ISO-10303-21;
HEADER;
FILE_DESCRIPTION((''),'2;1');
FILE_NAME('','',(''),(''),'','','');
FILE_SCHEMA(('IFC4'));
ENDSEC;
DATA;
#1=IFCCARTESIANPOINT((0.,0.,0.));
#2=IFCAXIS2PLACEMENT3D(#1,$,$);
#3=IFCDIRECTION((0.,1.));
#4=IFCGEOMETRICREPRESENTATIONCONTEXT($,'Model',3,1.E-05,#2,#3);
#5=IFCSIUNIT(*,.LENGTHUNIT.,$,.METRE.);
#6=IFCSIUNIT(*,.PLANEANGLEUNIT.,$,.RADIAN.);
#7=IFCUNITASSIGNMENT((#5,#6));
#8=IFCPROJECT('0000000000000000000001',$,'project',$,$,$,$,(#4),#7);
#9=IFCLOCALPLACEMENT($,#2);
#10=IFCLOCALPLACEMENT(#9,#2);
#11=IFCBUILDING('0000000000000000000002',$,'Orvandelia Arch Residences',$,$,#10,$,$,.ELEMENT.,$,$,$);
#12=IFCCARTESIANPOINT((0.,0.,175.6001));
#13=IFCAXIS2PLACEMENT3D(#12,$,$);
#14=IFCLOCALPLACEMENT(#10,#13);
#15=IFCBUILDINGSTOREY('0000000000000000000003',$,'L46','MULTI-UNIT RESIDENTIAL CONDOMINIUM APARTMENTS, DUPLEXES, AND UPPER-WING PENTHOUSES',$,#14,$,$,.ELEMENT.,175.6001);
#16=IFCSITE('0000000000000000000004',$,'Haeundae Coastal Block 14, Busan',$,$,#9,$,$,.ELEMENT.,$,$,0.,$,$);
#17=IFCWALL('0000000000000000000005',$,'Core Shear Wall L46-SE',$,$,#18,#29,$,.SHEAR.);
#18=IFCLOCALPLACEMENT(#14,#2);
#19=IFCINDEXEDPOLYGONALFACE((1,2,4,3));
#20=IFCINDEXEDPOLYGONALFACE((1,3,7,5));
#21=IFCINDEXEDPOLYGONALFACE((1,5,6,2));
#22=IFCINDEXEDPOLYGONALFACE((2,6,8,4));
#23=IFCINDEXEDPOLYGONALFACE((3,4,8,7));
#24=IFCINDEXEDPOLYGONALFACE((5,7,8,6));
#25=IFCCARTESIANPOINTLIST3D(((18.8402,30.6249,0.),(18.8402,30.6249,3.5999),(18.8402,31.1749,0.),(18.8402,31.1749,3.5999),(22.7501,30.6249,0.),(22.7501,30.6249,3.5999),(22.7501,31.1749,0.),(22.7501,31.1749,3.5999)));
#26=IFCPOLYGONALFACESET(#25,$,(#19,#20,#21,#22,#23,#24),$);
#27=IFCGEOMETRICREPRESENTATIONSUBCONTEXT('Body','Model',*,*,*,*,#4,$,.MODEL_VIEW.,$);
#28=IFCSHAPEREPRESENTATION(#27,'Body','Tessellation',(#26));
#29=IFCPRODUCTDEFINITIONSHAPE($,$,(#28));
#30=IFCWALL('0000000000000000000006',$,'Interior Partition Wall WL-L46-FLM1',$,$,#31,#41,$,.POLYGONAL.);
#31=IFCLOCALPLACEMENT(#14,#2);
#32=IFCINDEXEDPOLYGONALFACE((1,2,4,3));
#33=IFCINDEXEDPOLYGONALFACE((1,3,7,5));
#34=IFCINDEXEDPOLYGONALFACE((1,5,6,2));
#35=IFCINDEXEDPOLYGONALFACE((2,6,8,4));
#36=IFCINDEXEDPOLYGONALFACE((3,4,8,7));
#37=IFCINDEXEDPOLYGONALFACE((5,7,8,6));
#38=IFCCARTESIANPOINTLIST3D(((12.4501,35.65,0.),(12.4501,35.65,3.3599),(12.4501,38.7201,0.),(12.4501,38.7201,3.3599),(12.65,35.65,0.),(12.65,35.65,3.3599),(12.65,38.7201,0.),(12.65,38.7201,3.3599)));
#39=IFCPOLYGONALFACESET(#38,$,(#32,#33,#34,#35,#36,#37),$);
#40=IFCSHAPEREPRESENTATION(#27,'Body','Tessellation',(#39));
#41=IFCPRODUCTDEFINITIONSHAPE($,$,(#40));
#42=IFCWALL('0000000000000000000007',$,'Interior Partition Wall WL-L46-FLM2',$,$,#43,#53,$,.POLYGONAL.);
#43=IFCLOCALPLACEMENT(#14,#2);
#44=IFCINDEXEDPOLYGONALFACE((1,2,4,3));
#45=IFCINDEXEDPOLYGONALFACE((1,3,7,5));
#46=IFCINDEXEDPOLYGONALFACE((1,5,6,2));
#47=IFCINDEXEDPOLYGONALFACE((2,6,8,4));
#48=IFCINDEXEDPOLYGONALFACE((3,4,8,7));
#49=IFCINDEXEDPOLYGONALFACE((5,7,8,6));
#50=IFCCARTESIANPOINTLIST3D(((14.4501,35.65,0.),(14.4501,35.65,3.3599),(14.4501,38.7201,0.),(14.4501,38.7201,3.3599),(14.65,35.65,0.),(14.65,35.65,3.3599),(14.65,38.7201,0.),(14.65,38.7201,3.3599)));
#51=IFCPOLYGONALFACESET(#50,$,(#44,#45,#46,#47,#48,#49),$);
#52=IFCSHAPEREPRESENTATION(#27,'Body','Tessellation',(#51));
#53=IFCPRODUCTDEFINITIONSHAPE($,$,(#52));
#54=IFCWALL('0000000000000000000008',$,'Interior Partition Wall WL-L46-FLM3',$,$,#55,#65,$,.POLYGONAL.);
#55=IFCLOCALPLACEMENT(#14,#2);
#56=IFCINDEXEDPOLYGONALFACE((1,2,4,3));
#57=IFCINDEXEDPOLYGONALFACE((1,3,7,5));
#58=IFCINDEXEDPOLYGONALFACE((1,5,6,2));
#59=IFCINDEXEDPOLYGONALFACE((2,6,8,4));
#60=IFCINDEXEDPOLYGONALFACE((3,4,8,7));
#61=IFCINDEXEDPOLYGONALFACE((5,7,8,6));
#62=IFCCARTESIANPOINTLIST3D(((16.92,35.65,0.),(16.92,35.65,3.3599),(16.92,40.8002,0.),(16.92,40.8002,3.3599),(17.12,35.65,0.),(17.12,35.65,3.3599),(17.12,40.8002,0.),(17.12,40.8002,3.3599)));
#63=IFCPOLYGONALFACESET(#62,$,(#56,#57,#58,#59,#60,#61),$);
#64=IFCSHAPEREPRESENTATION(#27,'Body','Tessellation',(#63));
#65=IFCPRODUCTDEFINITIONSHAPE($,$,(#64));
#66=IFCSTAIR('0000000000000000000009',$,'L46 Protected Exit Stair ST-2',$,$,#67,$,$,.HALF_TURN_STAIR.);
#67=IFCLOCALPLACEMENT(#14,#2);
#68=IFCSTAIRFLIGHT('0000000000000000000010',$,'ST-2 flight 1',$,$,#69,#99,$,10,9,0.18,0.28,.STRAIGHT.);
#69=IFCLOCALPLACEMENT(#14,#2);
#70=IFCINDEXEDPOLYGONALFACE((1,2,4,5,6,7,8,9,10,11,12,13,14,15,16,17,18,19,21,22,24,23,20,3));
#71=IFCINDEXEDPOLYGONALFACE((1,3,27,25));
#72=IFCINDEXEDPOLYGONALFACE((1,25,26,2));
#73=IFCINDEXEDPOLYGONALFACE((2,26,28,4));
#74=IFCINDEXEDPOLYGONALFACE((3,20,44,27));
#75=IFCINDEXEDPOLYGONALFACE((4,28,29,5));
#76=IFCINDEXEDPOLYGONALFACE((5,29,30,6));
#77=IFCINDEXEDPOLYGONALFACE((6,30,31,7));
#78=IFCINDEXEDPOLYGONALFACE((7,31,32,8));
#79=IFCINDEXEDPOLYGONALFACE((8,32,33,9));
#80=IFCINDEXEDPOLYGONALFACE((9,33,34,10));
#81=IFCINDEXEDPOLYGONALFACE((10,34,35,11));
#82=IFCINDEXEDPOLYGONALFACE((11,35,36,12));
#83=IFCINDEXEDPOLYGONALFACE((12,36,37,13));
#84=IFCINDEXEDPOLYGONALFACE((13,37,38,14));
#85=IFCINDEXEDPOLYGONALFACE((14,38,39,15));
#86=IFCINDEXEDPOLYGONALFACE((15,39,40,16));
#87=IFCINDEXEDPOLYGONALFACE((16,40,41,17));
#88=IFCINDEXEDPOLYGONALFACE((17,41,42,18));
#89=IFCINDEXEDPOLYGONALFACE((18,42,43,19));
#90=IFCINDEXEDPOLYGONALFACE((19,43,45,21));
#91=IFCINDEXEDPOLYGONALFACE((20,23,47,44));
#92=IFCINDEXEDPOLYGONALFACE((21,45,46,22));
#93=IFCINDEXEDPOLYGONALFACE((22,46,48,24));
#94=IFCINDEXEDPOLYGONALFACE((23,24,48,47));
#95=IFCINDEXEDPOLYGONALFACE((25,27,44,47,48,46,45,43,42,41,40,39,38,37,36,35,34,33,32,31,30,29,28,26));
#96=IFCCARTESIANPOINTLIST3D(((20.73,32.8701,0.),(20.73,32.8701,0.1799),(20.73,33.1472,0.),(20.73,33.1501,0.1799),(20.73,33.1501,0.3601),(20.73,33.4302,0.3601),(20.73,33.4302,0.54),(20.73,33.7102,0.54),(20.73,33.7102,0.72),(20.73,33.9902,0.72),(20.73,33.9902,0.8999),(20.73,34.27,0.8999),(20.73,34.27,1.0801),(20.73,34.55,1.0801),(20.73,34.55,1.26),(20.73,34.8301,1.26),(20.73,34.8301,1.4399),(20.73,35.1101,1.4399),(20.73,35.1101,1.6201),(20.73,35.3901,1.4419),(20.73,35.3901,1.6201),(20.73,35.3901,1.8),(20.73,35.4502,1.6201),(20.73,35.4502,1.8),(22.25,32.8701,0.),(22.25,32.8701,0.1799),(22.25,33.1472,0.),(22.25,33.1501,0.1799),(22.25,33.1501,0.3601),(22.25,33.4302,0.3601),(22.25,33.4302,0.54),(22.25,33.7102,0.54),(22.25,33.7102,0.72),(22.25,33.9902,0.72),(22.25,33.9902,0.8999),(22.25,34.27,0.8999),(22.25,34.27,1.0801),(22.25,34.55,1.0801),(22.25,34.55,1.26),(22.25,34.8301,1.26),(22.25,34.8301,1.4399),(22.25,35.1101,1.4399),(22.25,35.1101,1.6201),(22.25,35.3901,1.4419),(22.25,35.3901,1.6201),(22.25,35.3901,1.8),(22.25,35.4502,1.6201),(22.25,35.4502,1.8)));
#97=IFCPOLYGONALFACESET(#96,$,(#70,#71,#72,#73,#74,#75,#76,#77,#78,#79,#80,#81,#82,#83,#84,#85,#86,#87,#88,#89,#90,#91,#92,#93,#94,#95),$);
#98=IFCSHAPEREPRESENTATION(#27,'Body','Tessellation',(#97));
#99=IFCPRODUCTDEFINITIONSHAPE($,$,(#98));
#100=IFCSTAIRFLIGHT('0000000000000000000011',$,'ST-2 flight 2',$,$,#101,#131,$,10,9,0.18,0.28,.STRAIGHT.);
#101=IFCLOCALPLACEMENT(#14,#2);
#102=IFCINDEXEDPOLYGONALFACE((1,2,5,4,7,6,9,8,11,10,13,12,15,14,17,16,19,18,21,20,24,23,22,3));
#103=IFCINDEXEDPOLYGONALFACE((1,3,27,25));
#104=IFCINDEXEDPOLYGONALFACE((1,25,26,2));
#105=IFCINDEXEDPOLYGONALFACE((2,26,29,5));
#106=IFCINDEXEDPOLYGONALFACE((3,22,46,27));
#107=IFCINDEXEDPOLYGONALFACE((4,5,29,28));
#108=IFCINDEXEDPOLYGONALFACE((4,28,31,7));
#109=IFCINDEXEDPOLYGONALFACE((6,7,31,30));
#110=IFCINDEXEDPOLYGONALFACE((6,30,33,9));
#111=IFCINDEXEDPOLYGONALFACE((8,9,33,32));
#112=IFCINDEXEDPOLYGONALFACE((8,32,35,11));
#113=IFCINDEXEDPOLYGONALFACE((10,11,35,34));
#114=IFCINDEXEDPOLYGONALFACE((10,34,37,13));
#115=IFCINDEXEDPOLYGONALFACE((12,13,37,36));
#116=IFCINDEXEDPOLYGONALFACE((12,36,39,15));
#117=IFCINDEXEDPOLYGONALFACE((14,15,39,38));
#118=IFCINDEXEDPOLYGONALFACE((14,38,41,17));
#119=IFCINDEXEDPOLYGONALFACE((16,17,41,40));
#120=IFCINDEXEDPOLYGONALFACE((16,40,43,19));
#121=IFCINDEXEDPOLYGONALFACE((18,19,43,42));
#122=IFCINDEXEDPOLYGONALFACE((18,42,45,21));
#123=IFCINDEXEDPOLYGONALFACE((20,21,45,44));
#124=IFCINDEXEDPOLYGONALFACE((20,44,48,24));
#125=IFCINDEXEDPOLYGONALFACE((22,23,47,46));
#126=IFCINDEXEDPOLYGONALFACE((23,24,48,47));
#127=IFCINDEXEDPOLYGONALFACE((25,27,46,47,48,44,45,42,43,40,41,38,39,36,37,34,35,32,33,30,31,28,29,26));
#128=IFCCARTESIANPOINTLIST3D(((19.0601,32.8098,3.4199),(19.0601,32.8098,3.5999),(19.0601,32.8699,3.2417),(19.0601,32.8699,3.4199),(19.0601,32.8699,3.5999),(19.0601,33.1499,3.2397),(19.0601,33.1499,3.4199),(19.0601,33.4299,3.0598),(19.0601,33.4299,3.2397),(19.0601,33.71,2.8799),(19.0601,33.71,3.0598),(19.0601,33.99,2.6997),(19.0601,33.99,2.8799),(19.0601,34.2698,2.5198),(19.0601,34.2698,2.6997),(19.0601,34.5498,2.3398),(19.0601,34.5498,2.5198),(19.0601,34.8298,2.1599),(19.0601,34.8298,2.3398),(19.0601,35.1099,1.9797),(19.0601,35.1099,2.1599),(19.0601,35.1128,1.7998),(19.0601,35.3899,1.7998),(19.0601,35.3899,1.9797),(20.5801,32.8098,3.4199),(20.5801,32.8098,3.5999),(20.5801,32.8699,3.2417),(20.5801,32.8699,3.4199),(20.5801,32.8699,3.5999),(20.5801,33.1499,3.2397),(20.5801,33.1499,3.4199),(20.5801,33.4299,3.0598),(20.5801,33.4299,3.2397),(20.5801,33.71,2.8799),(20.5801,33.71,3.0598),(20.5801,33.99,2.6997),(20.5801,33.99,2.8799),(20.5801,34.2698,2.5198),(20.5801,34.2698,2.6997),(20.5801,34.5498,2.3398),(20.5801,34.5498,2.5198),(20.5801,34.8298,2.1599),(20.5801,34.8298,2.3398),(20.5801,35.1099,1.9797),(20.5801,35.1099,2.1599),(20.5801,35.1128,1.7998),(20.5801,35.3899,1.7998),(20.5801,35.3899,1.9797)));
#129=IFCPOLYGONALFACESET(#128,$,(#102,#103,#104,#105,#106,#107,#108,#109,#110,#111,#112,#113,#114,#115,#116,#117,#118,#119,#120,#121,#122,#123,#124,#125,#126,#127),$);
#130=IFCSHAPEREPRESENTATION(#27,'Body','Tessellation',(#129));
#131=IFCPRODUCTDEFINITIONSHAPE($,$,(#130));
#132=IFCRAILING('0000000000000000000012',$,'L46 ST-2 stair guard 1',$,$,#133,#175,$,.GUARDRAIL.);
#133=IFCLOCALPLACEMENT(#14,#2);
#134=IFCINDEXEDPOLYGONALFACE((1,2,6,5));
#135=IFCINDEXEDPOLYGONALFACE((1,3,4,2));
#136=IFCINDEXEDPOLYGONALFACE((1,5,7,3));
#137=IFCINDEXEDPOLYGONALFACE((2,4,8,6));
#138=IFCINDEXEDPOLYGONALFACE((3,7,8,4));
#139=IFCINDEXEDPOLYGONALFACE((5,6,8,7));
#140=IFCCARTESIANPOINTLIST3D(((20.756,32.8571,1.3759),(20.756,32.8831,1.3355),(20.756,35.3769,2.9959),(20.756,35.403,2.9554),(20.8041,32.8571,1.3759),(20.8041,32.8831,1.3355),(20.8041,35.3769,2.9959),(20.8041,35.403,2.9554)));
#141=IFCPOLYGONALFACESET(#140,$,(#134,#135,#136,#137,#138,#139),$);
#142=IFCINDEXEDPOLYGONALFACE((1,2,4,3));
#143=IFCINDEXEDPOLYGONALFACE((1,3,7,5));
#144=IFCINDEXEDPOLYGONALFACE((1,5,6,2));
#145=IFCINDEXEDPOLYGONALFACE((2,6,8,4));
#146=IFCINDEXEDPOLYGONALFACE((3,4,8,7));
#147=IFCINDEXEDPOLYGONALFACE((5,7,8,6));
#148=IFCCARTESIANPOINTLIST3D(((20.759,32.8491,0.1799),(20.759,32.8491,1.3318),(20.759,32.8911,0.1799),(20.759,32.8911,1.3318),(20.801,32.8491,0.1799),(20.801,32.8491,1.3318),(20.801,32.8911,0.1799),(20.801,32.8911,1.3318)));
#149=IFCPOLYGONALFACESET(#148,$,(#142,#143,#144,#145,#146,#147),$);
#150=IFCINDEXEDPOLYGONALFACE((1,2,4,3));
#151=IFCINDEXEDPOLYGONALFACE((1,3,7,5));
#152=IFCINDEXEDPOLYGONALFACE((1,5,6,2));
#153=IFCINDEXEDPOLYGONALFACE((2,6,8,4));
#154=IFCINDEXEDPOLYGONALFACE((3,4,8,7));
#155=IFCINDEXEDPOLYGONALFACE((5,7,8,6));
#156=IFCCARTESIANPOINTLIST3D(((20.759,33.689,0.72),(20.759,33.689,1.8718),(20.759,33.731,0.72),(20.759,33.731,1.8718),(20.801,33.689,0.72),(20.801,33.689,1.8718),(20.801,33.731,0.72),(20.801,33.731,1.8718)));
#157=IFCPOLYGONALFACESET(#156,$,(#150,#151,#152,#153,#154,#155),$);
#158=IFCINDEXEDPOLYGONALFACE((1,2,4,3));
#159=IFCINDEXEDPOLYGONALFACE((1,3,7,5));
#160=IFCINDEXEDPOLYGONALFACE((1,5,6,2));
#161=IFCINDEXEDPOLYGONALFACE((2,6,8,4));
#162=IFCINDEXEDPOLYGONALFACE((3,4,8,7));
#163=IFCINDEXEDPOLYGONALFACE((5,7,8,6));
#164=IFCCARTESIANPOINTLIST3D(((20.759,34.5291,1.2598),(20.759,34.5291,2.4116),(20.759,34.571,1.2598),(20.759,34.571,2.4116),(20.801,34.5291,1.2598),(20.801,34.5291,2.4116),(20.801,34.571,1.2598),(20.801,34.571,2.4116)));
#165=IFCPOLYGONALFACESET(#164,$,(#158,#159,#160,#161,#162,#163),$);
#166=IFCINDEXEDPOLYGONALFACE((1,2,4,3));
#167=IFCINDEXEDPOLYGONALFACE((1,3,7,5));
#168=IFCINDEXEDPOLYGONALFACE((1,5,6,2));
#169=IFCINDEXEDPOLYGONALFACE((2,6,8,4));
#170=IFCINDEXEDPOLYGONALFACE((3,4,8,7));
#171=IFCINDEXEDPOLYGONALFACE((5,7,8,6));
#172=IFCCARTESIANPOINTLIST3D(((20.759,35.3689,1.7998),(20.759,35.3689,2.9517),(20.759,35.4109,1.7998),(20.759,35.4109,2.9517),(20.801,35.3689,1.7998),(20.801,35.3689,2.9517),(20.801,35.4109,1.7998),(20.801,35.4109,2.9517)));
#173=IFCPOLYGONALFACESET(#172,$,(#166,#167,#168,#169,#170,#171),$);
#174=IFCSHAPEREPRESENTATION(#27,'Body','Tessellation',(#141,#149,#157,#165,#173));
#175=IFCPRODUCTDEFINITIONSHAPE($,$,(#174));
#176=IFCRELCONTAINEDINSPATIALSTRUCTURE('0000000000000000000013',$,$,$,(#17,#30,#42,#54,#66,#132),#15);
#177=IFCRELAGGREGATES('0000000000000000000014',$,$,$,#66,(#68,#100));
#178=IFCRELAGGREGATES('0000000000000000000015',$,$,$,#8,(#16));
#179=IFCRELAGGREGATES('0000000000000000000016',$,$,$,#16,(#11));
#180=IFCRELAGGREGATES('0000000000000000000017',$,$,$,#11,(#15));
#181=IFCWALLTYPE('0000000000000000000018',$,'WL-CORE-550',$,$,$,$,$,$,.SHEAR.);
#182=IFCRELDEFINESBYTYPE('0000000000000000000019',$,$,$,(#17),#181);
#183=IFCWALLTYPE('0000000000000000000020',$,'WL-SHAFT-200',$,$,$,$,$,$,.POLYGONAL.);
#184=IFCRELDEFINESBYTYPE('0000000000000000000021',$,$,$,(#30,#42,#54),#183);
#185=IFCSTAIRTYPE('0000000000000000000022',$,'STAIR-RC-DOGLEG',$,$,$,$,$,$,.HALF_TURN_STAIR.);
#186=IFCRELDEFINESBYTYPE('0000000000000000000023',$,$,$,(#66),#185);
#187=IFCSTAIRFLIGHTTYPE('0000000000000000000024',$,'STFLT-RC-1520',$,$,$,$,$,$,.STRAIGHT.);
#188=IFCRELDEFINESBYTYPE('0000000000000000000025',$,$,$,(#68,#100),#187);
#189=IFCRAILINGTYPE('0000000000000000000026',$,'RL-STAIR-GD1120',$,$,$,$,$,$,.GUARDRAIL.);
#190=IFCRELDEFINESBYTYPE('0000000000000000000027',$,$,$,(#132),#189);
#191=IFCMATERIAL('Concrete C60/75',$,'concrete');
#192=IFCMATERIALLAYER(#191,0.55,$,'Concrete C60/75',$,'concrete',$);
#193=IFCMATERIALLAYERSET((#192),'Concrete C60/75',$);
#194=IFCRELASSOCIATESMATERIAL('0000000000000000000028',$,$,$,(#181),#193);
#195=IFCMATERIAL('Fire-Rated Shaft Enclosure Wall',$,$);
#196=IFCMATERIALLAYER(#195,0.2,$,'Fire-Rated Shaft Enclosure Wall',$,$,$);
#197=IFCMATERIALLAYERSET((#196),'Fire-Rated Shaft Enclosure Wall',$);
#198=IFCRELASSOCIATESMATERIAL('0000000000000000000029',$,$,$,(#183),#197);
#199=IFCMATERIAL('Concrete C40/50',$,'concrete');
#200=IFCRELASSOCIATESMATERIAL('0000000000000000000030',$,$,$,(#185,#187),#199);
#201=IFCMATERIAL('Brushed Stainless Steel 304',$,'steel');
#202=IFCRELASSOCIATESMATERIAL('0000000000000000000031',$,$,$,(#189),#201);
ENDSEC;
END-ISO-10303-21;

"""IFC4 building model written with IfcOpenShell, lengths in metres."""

from ifc_helpers import new_model, si_unit, direction, frame, frame_2d, origin, origin_2d, place, context, subcontext, project, spatial, polyline, rectangle, outline, extrude, material, layer, layer_set, type_object, element, aggregate, save


model = new_model("IFC4")

# Units and contexts
model_context = context("Model", 3, precision=1e-05, world=origin(), true_north=direction((0.0, 1.0)))
body_context = subcontext(model_context, "Body", "Model", "MODEL_VIEW")
ifc_project = project(units=[si_unit("LENGTHUNIT", "METRE"), si_unit("PLANEANGLEUNIT", "RADIAN")], contexts=[model_context])

# Site, building, storey
site_placement = place(None, origin())
site = spatial("IfcSite", under=ifc_project, at=site_placement, Name="Haeundae Coastal Block 14, Busan", CompositionType="ELEMENT", RefElevation=0.0)
building_placement = place(site_placement, origin())
building = spatial("IfcBuilding", under=site, at=building_placement, Name="Orvandelia Arch Residences", CompositionType="ELEMENT")
storey_placement = place(building_placement, frame((0.0, 0.0, 175.6001)))
storey = spatial("IfcBuildingStorey", under=building, at=storey_placement, Name="L46", Description="MULTI-UNIT RESIDENTIAL CONDOMINIUM APARTMENTS, DUPLEXES, AND UPPER-WING PENTHOUSES", CompositionType="ELEMENT", Elevation=175.6001)

# Shared definitions
ifc_material_1 = material(Name="Concrete C60/75", Category="concrete")

# Walls
ifc_layer_1 = layer(ifc_material_1, 0.55, Name="Concrete C60/75", Category="concrete")
ifc_layer_set_1 = layer_set([ifc_layer_1], Name="Concrete C60/75")
wall_type_1 = type_object("IfcWallType", Name="WL-CORE-550", PredefinedType="SHEAR", material=ifc_layer_set_1)
wall_1_placement = place(storey_placement, frame((18.8401, 30.8999, 0.0), z_axis=(0.0, 0.0, 1.0), x_axis=(1.0, 0.0, 0.0)))
element("IfcWall", 1, at=wall_1_placement, inside=storey, type_object=wall_type_1, Name="Core Shear Wall L46-SE", PredefinedType="SHEAR", context=body_context, shape_type="SweptSolid", body=[
    extrude(rectangle(XDim=3.9099, YDim=0.55, at=frame_2d((1.9551, 0.0))), origin(), (0.0, 0.0, 1.0), 3.5999),
])
ifc_material_2 = material(Name="Fire-Rated Shaft Enclosure Wall")
ifc_layer_2 = layer(ifc_material_2, 0.2, Name="Fire-Rated Shaft Enclosure Wall")
ifc_layer_set_2 = layer_set([ifc_layer_2], Name="Fire-Rated Shaft Enclosure Wall")
wall_type_2 = type_object("IfcWallType", Name="WL-SHAFT-200", PredefinedType="POLYGONAL", material=ifc_layer_set_2)
for number, where, z_axis, x_axis, name in (
    (2, (12.55, 35.6499, 0.0), (0.0, 0.0, 1.0), (0.0, 1.0, 0.0), "Interior Partition Wall WL-L46-FLM1"),
    (3, (14.55, 35.6499, 0.0), (0.0, 0.0, 1.0), (0.0, 1.0, 0.0), "Interior Partition Wall WL-L46-FLM2"),
):
    element("IfcWall", number, at=place(storey_placement, frame(where, z_axis=z_axis, x_axis=x_axis)), inside=storey, type_object=wall_type_2, Name=name, PredefinedType="POLYGONAL", context=body_context, shape_type="SweptSolid", body=[
        extrude(rectangle(XDim=3.0701, YDim=0.2, at=frame_2d((1.5352, 0.0))), origin(), (0.0, 0.0, 1.0), 3.3599),
    ])
wall_2_placement = place(storey_placement, frame((17.02, 35.6499, 0.0), z_axis=(0.0, 0.0, 1.0), x_axis=(0.0, 1.0, 0.0)))
element("IfcWall", 4, at=wall_2_placement, inside=storey, type_object=wall_type_2, Name="Interior Partition Wall WL-L46-FLM3", PredefinedType="POLYGONAL", context=body_context, shape_type="SweptSolid", body=[
    extrude(rectangle(XDim=5.1501, YDim=0.2, at=frame_2d((2.5752, 0.0))), origin(), (0.0, 0.0, 1.0), 3.3599),
])

# Stair, stair flights
ifc_material_3 = material(Name="Concrete C40/50", Category="concrete")
stair_type = type_object("IfcStairType", Name="STAIR-RC-DOGLEG", PredefinedType="HALF_TURN_STAIR", material=ifc_material_3)
stair_placement = place(storey_placement, origin())
stair = element("IfcStair", 5, at=stair_placement, inside=storey, type_object=stair_type, Name="L46 Protected Exit Stair ST-2", PredefinedType="HALF_TURN_STAIR")
stair_flight_type = type_object("IfcStairFlightType", Name="STFLT-RC-1520", PredefinedType="STRAIGHT", material=ifc_material_3)
stair_flight_1_placement = place(storey_placement, frame((21.49, 32.8701, 0.0), z_axis=(0.0, 0.0, 1.0), x_axis=(0.0, 1.0, 0.0)))
stair_flight_1 = element("IfcStairFlight", 6, at=stair_flight_1_placement, type_object=stair_flight_type, Name="ST-2 flight 1", NumberOfRisers=10, NumberOfTreads=9, PredefinedType="STRAIGHT", RiserHeight=0.18, TreadLength=0.28, context=body_context, shape_type="SweptSolid", body=[
    extrude(outline(polyline([(0.0, 0.0), (0.0, 0.1799), (0.28, 0.1799), (0.28, 0.3601), (0.5601, 0.3601), (0.5601, 0.54), (0.8401, 0.54), (0.8401, 0.72), (1.1201, 0.72), (1.1201, 0.8999), (1.3999, 0.8999), (1.3999, 1.0801), (1.6799, 1.0801), (1.6799, 1.26), (1.96, 1.26), (1.96, 1.4399), (2.24, 1.4399), (2.24, 1.6201), (2.52, 1.6201), (2.52, 1.8), (2.5801, 1.8), (2.5801, 1.6201), (2.52, 1.4419), (0.2771, 0.0), (0.0, 0.0)])), frame((0.0, 0.76, 0.0), z_axis=(0.0, -1.0, 0.0), x_axis=(1.0, 0.0, 0.0)), (0.0, 0.0, 1.0), 1.52),
])
stair_flight_2_placement = place(storey_placement, frame((19.8201, 35.3899, 1.7998), z_axis=(0.0, 0.0, 1.0), x_axis=(0.0, -1.0, 0.0)))
stair_flight_2 = element("IfcStairFlight", 7, at=stair_flight_2_placement, type_object=stair_flight_type, Name="ST-2 flight 2", NumberOfRisers=10, NumberOfTreads=9, PredefinedType="STRAIGHT", RiserHeight=0.18, TreadLength=0.28, context=body_context, shape_type="SweptSolid", body=[
    extrude(outline(polyline([(0.0, 0.0), (0.0, 0.1799), (0.28, 0.1799), (0.28, 0.3601), (0.5601, 0.3601), (0.5601, 0.54), (0.8401, 0.54), (0.8401, 0.72), (1.1201, 0.72), (1.1201, 0.8999), (1.3999, 0.8999), (1.3999, 1.0801), (1.6799, 1.0801), (1.6799, 1.26), (1.96, 1.26), (1.96, 1.4399), (2.24, 1.4399), (2.24, 1.6201), (2.52, 1.6201), (2.52, 1.8), (2.5801, 1.8), (2.5801, 1.6201), (2.52, 1.4419), (0.2771, 0.0), (0.0, 0.0)])), frame((0.0, 0.76, 0.0), z_axis=(0.0, -1.0, 0.0), x_axis=(1.0, 0.0, 0.0)), (0.0, 0.0, 1.0), 1.52),
])
aggregate(stair, [stair_flight_1, stair_flight_2])

# Railing
ifc_material_4 = material(Name="Brushed Stainless Steel 304", Category="steel")
railing_type_1 = type_object("IfcRailingType", Name="RL-STAIR-GD1120", PredefinedType="GUARDRAIL", material=ifc_material_4)
railing_1_placement = place(storey_placement, frame((20.78, 32.8701, 0.1799)))
element("IfcRailing", 8, at=railing_1_placement, inside=storey, type_object=railing_type_1, Name="L46 ST-2 stair guard 1", PredefinedType="GUARDRAIL", context=body_context, shape_type="SweptSolid", body=[
    extrude(rectangle(XDim=0.0481, YDim=0.0481, at=origin_2d()), frame((0.0, 0.0, 1.1758), z_axis=(0.0, 0.841176, 0.540762), x_axis=(-1.0, 0.0, 0.0)), (0.0, 0.0, 1.0), 2.9956),
    extrude(rectangle(XDim=0.042, YDim=0.042, at=origin_2d()), origin(), (0.0, 0.0, 1.0), 1.1519),
    extrude(rectangle(XDim=0.042, YDim=0.042, at=origin_2d()), frame((0.0, 0.8398, 0.54)), (0.0, 0.0, 1.0), 1.1519),
    extrude(rectangle(XDim=0.042, YDim=0.042, at=origin_2d()), frame((0.0, 1.6799, 1.0798)), (0.0, 0.0, 1.0), 1.1519),
    extrude(rectangle(XDim=0.042, YDim=0.042, at=origin_2d()), frame((0.0, 2.5198, 1.6199)), (0.0, 0.0, 1.0), 1.1519),
])

save(model, "model.ifc")
